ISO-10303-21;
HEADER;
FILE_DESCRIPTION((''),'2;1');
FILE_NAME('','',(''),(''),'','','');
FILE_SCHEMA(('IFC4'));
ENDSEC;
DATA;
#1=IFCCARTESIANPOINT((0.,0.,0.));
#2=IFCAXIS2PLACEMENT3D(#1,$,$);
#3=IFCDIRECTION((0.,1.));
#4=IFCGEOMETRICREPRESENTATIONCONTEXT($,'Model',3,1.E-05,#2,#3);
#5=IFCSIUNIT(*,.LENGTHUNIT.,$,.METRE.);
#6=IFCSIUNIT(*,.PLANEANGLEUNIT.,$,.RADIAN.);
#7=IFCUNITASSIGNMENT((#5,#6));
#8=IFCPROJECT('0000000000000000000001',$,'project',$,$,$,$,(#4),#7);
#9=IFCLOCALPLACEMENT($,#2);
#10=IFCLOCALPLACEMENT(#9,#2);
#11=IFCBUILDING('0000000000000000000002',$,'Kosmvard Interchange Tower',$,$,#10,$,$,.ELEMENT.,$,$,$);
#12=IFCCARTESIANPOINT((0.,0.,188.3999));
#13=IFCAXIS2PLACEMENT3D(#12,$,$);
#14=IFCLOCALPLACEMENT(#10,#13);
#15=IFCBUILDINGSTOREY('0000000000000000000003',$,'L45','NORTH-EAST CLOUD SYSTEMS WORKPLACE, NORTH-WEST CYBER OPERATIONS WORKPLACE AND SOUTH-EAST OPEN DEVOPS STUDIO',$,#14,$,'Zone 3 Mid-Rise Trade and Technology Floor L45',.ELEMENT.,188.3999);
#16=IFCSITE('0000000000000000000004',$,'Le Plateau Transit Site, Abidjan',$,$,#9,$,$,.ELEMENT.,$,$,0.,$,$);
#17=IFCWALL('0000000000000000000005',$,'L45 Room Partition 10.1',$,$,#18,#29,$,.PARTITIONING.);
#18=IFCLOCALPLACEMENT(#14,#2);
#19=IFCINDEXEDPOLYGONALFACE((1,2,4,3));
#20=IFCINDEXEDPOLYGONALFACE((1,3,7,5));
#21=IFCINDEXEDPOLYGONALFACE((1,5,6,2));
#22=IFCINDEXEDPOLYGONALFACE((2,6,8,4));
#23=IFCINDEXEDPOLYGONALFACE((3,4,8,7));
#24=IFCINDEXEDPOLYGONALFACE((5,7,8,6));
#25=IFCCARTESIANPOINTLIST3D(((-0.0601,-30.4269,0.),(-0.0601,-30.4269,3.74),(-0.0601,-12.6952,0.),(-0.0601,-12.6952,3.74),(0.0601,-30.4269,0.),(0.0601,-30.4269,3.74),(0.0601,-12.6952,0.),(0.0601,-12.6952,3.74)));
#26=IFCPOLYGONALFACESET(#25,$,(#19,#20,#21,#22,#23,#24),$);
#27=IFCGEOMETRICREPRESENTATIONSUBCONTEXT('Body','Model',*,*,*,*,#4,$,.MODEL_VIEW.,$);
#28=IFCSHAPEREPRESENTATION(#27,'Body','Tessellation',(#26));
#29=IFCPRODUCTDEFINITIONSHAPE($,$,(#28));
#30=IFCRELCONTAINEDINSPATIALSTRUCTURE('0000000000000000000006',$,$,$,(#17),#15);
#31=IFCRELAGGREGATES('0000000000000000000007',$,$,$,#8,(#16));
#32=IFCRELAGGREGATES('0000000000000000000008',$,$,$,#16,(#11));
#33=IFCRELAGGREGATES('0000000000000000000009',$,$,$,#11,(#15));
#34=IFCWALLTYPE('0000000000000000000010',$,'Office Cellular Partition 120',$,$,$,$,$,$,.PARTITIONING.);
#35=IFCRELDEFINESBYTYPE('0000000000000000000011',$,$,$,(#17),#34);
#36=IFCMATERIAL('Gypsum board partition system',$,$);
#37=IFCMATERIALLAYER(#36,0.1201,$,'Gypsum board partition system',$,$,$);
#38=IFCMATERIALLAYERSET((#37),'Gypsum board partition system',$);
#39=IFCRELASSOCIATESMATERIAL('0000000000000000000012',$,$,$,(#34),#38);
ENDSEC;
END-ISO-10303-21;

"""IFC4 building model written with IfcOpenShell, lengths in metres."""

from ifc_helpers import new_model, si_unit, direction, frame, frame_2d, origin, place, context, subcontext, project, spatial, rectangle, extrude, material, layer, layer_set, type_object, element, save


model = new_model("IFC4")

# Units and contexts
model_context = context("Model", 3, precision=1e-05, world=origin(), true_north=direction((0.0, 1.0)))
body_context = subcontext(model_context, "Body", "Model", "MODEL_VIEW")
ifc_project = project(units=[si_unit("LENGTHUNIT", "METRE"), si_unit("PLANEANGLEUNIT", "RADIAN")], contexts=[model_context])

# Site, building, storey
site_placement = place(None, origin())
site = spatial("IfcSite", under=ifc_project, at=site_placement, Name="Le Plateau Transit Site, Abidjan", CompositionType="ELEMENT", RefElevation=0.0)
building_placement = place(site_placement, origin())
building = spatial("IfcBuilding", under=site, at=building_placement, Name="Kosmvard Interchange Tower", CompositionType="ELEMENT")
storey_placement = place(building_placement, frame((0.0, 0.0, 188.3999)))
storey = spatial("IfcBuildingStorey", under=building, at=storey_placement, Name="L45", Description="NORTH-EAST CLOUD SYSTEMS WORKPLACE, NORTH-WEST CYBER OPERATIONS WORKPLACE AND SOUTH-EAST OPEN DEVOPS STUDIO", LongName="Zone 3 Mid-Rise Trade and Technology Floor L45", CompositionType="ELEMENT", Elevation=188.3999)

# Wall
ifc_material_1 = material(Name="Gypsum board partition system")
ifc_layer_1 = layer(ifc_material_1, 0.1201, Name="Gypsum board partition system")
ifc_layer_set_1 = layer_set([ifc_layer_1], Name="Gypsum board partition system")
wall_type_1 = type_object("IfcWallType", Name="Office Cellular Partition 120", PredefinedType="PARTITIONING", material=ifc_layer_set_1)
wall_1_placement = place(storey_placement, frame((0.0, -30.4268, 0.0), z_axis=(0.0, 0.0, 1.0), x_axis=(0.0, 1.0, 0.0)))
element("IfcWall", 1, at=wall_1_placement, inside=storey, type_object=wall_type_1, Name="L45 Room Partition 10.1", PredefinedType="PARTITIONING", context=body_context, shape_type="SweptSolid", body=[
    extrude(rectangle(XDim=17.7317, YDim=0.1201, at=frame_2d((8.8657, 0.0))), origin(), (0.0, 0.0, 1.0), 3.74),
])

save(model, "model.ifc")
